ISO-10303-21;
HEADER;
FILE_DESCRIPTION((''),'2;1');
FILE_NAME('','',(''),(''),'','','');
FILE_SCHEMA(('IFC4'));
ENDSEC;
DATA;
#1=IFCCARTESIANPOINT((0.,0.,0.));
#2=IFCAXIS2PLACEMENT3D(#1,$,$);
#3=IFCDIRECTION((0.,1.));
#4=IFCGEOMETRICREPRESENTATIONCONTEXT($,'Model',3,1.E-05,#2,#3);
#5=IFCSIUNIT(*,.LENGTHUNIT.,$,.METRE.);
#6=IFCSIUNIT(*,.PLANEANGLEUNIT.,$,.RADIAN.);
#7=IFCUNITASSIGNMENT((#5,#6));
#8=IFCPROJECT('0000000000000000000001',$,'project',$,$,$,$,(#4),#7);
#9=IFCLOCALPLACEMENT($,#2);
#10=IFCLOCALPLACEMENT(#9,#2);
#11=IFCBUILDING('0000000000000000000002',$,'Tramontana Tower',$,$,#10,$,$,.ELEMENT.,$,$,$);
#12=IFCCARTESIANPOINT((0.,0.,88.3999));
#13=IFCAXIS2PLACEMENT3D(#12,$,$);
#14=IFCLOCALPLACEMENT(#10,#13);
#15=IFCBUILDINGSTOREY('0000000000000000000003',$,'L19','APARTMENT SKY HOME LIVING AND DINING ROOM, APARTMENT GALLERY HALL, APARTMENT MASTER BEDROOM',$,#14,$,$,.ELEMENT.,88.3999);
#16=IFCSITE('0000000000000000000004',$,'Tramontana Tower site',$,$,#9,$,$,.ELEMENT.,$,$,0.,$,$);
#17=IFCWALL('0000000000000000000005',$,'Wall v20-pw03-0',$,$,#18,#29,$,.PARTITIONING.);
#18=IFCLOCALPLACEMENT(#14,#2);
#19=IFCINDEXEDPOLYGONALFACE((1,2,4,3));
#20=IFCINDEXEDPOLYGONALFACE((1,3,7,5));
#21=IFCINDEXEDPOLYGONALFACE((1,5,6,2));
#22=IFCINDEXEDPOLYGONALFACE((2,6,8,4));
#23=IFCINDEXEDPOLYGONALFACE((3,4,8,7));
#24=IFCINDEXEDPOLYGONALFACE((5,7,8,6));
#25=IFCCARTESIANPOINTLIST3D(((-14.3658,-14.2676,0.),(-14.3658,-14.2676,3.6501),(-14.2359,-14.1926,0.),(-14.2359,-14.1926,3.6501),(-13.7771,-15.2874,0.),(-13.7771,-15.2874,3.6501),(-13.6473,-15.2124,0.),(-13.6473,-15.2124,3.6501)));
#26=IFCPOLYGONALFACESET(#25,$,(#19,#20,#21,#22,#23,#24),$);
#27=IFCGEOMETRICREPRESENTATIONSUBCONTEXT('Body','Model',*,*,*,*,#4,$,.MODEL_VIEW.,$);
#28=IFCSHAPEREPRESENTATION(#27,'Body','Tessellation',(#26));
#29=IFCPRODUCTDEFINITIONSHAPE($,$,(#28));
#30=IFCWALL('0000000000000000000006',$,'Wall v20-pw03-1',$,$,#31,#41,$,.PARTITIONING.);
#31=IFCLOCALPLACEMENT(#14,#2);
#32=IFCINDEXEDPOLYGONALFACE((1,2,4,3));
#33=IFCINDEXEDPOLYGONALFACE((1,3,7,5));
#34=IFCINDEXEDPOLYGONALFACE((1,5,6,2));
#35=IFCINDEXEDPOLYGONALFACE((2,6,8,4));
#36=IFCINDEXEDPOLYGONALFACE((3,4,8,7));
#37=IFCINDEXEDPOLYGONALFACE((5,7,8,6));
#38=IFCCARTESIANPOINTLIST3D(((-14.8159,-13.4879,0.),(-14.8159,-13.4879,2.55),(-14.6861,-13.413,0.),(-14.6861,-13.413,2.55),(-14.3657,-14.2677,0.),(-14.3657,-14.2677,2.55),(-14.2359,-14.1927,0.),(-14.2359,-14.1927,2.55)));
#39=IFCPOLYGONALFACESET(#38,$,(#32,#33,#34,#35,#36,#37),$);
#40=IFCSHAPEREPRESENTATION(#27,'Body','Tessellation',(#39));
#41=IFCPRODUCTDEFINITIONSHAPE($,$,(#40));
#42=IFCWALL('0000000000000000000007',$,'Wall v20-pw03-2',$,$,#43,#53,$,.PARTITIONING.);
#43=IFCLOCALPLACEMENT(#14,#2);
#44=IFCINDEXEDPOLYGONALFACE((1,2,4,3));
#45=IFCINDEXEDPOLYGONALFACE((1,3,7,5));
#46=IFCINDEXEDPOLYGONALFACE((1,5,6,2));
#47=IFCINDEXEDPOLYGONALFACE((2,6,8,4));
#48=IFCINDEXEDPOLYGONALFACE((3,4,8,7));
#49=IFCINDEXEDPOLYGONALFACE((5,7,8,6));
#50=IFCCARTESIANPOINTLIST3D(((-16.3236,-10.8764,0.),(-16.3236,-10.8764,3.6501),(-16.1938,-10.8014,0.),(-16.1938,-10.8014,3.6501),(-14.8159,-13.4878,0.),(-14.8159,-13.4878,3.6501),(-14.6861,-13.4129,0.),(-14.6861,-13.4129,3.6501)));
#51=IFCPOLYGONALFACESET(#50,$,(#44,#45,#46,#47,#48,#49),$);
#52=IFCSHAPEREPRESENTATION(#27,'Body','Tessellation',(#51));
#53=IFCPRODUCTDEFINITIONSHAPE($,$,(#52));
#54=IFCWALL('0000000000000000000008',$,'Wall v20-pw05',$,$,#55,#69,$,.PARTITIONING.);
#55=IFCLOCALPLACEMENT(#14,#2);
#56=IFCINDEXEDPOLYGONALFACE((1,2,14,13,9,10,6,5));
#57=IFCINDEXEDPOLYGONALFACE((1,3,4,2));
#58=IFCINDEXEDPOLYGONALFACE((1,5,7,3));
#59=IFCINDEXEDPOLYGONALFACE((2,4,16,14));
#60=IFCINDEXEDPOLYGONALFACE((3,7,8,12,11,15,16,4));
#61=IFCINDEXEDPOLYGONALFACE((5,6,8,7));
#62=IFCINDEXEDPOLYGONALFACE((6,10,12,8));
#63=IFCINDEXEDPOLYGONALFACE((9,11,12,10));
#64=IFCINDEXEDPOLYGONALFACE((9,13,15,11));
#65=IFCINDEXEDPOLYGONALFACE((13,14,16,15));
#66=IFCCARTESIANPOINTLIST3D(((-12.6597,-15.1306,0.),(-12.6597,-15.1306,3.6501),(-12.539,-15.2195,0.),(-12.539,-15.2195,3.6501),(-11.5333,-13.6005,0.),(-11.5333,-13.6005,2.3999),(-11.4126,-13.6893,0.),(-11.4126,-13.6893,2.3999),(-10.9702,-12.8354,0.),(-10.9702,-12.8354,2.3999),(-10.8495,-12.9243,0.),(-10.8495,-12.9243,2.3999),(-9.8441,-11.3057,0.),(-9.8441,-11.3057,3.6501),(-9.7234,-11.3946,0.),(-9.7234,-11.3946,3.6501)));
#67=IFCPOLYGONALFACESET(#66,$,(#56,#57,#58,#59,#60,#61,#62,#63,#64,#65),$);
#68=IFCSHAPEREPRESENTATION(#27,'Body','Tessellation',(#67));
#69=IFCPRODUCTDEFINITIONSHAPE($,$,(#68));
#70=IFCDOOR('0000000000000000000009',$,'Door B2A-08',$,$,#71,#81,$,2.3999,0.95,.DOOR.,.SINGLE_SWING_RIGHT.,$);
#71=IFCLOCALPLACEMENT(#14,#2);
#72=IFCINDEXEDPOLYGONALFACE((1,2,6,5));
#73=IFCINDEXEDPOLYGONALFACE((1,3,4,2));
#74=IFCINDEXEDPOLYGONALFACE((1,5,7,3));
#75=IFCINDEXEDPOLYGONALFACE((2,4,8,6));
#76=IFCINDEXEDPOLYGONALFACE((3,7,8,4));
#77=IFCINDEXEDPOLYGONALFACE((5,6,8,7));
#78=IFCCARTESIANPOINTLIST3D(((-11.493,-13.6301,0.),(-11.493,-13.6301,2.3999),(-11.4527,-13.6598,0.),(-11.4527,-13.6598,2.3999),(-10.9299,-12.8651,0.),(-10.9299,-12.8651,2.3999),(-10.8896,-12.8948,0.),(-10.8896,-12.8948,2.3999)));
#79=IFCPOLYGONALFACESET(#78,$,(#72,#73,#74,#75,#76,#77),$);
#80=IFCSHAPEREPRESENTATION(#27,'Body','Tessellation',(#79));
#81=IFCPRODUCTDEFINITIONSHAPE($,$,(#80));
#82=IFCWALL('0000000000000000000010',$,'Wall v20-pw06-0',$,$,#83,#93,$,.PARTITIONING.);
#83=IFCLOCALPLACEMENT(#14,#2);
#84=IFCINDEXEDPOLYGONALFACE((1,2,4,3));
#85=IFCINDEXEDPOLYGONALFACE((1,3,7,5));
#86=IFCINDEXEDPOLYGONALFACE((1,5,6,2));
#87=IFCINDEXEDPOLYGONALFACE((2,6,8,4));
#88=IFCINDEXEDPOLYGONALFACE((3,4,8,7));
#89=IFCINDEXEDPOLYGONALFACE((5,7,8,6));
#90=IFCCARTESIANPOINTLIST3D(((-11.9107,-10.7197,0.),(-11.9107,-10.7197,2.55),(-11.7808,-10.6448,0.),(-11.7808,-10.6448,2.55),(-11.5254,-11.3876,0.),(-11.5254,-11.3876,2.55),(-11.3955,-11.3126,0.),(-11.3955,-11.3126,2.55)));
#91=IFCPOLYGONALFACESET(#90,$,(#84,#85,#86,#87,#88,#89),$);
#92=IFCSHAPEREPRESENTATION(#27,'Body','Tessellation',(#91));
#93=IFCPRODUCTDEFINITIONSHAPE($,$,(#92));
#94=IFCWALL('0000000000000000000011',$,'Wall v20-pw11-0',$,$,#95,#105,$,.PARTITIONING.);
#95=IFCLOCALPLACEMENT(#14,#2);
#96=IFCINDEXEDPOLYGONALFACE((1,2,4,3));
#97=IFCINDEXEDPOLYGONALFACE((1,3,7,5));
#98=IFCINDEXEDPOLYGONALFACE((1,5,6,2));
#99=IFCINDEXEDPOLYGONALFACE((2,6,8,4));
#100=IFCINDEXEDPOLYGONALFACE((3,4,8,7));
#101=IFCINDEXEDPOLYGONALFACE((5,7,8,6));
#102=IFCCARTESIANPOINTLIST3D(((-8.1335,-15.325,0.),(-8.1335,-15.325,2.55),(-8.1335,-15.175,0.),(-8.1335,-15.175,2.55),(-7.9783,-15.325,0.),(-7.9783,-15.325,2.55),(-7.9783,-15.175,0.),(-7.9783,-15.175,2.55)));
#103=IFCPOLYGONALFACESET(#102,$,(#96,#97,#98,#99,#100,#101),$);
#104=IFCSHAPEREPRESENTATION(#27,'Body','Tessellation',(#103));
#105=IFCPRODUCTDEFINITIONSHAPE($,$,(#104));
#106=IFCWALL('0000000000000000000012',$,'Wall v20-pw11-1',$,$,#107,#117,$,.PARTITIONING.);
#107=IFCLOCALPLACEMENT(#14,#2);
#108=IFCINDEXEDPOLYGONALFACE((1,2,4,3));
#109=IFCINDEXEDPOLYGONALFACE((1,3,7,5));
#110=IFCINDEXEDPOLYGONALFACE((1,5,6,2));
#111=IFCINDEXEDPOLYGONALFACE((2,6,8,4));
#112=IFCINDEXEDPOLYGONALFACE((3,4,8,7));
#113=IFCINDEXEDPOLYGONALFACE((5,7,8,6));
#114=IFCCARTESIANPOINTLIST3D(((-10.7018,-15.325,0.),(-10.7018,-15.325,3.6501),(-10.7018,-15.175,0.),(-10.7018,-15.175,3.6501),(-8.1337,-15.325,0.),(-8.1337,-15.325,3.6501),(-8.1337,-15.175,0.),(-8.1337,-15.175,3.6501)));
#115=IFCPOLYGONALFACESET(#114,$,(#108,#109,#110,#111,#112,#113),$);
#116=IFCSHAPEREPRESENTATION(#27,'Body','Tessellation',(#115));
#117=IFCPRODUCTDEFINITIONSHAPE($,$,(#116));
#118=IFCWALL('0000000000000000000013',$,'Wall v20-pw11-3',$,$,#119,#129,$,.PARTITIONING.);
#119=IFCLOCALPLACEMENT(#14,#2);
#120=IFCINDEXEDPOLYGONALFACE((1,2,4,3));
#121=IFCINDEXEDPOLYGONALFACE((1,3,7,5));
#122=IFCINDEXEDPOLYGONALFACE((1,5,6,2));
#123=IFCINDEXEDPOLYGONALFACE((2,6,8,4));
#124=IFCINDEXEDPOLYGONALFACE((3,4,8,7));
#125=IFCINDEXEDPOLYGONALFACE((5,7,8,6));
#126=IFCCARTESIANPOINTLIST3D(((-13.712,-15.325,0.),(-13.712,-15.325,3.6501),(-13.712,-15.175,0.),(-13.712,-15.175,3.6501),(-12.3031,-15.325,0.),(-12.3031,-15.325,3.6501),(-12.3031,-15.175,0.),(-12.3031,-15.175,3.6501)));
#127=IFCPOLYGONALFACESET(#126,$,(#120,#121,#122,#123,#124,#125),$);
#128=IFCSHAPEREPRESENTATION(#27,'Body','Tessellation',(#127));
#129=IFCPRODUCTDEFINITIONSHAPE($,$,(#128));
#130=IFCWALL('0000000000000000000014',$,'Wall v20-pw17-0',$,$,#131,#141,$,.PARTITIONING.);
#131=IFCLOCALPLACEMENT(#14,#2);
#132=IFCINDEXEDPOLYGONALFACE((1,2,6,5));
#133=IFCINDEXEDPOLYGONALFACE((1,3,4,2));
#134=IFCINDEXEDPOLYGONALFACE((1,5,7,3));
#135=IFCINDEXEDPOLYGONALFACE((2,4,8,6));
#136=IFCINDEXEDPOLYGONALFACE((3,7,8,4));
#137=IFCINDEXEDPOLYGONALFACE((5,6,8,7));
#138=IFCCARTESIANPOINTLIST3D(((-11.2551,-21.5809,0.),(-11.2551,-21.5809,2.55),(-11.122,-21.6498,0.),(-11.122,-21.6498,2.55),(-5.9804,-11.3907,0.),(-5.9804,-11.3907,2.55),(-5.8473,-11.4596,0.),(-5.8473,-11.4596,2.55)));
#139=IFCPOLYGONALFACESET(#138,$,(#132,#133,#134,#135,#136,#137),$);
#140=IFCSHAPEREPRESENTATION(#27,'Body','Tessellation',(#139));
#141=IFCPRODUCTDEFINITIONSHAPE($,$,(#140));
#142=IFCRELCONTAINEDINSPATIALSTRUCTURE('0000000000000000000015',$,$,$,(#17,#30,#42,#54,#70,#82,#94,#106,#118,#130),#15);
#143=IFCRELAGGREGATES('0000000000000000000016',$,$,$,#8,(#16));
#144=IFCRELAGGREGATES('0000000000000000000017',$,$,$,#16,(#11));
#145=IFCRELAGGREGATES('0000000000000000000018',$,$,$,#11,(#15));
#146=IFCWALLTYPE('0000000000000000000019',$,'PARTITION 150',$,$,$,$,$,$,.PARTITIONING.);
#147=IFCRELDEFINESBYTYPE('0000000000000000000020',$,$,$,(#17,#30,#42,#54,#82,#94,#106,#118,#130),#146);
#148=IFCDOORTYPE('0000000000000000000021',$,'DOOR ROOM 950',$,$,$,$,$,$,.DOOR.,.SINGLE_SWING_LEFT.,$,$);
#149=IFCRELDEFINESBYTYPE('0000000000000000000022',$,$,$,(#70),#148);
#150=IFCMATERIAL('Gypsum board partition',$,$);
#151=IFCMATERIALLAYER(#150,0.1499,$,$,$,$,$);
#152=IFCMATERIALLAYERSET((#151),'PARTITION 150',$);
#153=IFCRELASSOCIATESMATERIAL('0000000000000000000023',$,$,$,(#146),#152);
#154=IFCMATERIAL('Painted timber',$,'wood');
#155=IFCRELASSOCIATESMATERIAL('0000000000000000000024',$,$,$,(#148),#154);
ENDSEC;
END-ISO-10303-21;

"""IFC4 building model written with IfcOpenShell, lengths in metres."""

from ifc_helpers import new_model, si_unit, direction, frame, frame_2d, origin, place, context, subcontext, project, spatial, rectangle, extrude, material, layer, layer_set, type_object, element, fill, save


model = new_model("IFC4")

# Units and contexts
model_context = context("Model", 3, precision=1e-05, world=origin(), true_north=direction((0.0, 1.0)))
body_context = subcontext(model_context, "Body", "Model", "MODEL_VIEW")
ifc_project = project(units=[si_unit("LENGTHUNIT", "METRE"), si_unit("PLANEANGLEUNIT", "RADIAN")], contexts=[model_context])

# Site, building, storey
site_placement = place(None, origin())
site = spatial("IfcSite", under=ifc_project, at=site_placement, Name="Tramontana Tower site", CompositionType="ELEMENT", RefElevation=0.0)
building_placement = place(site_placement, origin())
building = spatial("IfcBuilding", under=site, at=building_placement, Name="Tramontana Tower", CompositionType="ELEMENT")
storey_placement = place(building_placement, frame((0.0, 0.0, 88.3999)))
storey = spatial("IfcBuildingStorey", under=building, at=storey_placement, Name="L19", Description="APARTMENT SKY HOME LIVING AND DINING ROOM, APARTMENT GALLERY HALL, APARTMENT MASTER BEDROOM", CompositionType="ELEMENT", Elevation=88.3999)

# Walls
ifc_material_1 = material(Name="Gypsum board partition")
ifc_layer_1 = layer(ifc_material_1, 0.1499)
ifc_layer_set_1 = layer_set([ifc_layer_1], Name="PARTITION 150")
wall_type_1 = type_object("IfcWallType", Name="PARTITION 150", PredefinedType="PARTITIONING", material=ifc_layer_set_1)
wall_1_placement = place(storey_placement, frame((-13.7122, -15.25, 0.0), z_axis=(0.0, 0.0, 1.0), x_axis=(-0.499908, 0.866079, 0.0)))
element("IfcWall", 1, at=wall_1_placement, inside=storey, type_object=wall_type_1, Name="Wall v20-pw03-0", PredefinedType="PARTITIONING", context=body_context, shape_type="SweptSolid", body=[
    extrude(rectangle(XDim=1.1775, YDim=0.1499, at=frame_2d((0.5889, 0.0))), origin(), (0.0, 0.0, 1.0), 3.6501),
])
wall_2_placement = place(storey_placement, frame((-14.3008, -14.2302, 0.0), z_axis=(0.0, 0.0, 1.0), x_axis=(-0.499988, 0.866032, 0.0)))
element("IfcWall", 2, at=wall_2_placement, inside=storey, type_object=wall_type_1, Name="Wall v20-pw03-1", PredefinedType="PARTITIONING", context=body_context, shape_type="SweptSolid", body=[
    extrude(rectangle(XDim=0.9004, YDim=0.1499, at=frame_2d((0.4502, 0.0))), origin(), (0.0, 0.0, 1.0), 2.55),
])
wall_3_placement = place(storey_placement, frame((-14.751, -13.4504, 0.0), z_axis=(0.0, 0.0, 1.0), x_axis=(-0.499979, 0.866037, 0.0)))
element("IfcWall", 3, at=wall_3_placement, inside=storey, type_object=wall_type_1, Name="Wall v20-pw03-2", PredefinedType="PARTITIONING", context=body_context, shape_type="SweptSolid", body=[
    extrude(rectangle(XDim=3.0154, YDim=0.1499, at=frame_2d((1.5078, 0.0))), origin(), (0.0, 0.0, 1.0), 3.6501),
])

# Wall, opening, door
wall_4_placement = place(storey_placement, frame((-12.5994, -15.175, 0.0), z_axis=(0.0, 0.0, 1.0), x_axis=(0.592829, 0.805328, 0.0)))
wall_4 = element("IfcWall", 4, at=wall_4_placement, inside=storey, type_object=wall_type_1, Name="Wall v20-pw05", PredefinedType="PARTITIONING", context=body_context, shape_type="SweptSolid", body=[
    extrude(rectangle(XDim=4.7495, YDim=0.1499, at=frame_2d((2.3748, 0.0))), origin(), (0.0, 0.0, 1.0), 3.6501),
])
opening_1_placement = place(wall_4_placement, frame((1.8999, 0.0, 0.0)))
opening_1 = element("IfcOpeningElement", 5, at=opening_1_placement, cuts=wall_4, PredefinedType="OPENING", context=body_context, shape_type="SweptSolid", body=[
    extrude(rectangle(XDim=0.95, YDim=2.3999, at=frame_2d((0.4751, 1.2))), frame((0.0, 0.085, 0.0), z_axis=(0.0, -1.0, 0.0), x_axis=(1.0, 0.0, 0.0)), (0.0, 0.0, 1.0), 0.1699),
])
ifc_material_2 = material(Name="Painted timber", Category="wood")
door_type_1 = type_object("IfcDoorType", Name="DOOR ROOM 950", OperationType="SINGLE_SWING_LEFT", PredefinedType="DOOR", material=ifc_material_2)
door_1_placement = place(opening_1_placement, origin())
door_1 = element("IfcDoor", 6, at=door_1_placement, inside=storey, type_object=door_type_1, Name="Door B2A-08", OperationType="SINGLE_SWING_RIGHT", OverallHeight=2.3999, OverallWidth=0.95, PredefinedType="DOOR", context=body_context, shape_type="SweptSolid", body=[
    extrude(rectangle(XDim=0.95, YDim=2.3999, at=frame_2d((0.4751, 1.2))), frame((0.0, 0.0249, 0.0), z_axis=(0.0, -1.0, 0.0), x_axis=(1.0, 0.0, 0.0)), (0.0, 0.0, 1.0), 0.05),
])
fill(opening_1, door_1)

# Walls
wall_5_placement = place(storey_placement, frame((-11.4604, -11.3501, 0.0), z_axis=(0.0, 0.0, 1.0), x_axis=(-0.49975, 0.86617, 0.0)))
element("IfcWall", 7, at=wall_5_placement, inside=storey, type_object=wall_type_1, Name="Wall v20-pw06-0", PredefinedType="PARTITIONING", context=body_context, shape_type="SweptSolid", body=[
    extrude(rectangle(XDim=0.771, YDim=0.1499, at=frame_2d((0.3855, 0.0))), origin(), (0.0, 0.0, 1.0), 2.55),
])
wall_6_placement = place(storey_placement, frame((-7.9783, -15.25, 0.0), z_axis=(0.0, 0.0, 1.0), x_axis=(-1.0, 0.0, 0.0)))
element("IfcWall", 8, at=wall_6_placement, inside=storey, type_object=wall_type_1, Name="Wall v20-pw11-0", PredefinedType="PARTITIONING", context=body_context, shape_type="SweptSolid", body=[
    extrude(rectangle(XDim=0.1553, YDim=0.1499, at=frame_2d((0.0776, 0.0))), origin(), (0.0, 0.0, 1.0), 2.55),
])
wall_7_placement = place(storey_placement, frame((-8.1335, -15.25, 0.0), z_axis=(0.0, 0.0, 1.0), x_axis=(-1.0, 0.0, 0.0)))
element("IfcWall", 9, at=wall_7_placement, inside=storey, type_object=wall_type_1, Name="Wall v20-pw11-1", PredefinedType="PARTITIONING", context=body_context, shape_type="SweptSolid", body=[
    extrude(rectangle(XDim=2.5681, YDim=0.1499, at=frame_2d((1.2842, 0.0))), origin(), (0.0, 0.0, 1.0), 3.6501),
])

# Walls
wall_8_placement = place(storey_placement, frame((-12.303, -15.25, 0.0), z_axis=(0.0, 0.0, 1.0), x_axis=(-1.0, 0.0, 0.0)))
element("IfcWall", 10, at=wall_8_placement, inside=storey, type_object=wall_type_1, Name="Wall v20-pw11-3", PredefinedType="PARTITIONING", context=body_context, shape_type="SweptSolid", body=[
    extrude(rectangle(XDim=1.4089, YDim=0.1499, at=frame_2d((0.7046, 0.0))), origin(), (0.0, 0.0, 1.0), 3.6501),
])
wall_9_placement = place(storey_placement, frame((-5.9138, -11.425, 0.0), z_axis=(0.0, 0.0, 1.0), x_axis=(-0.459689, -0.88808, 0.0)))
element("IfcWall", 11, at=wall_9_placement, inside=storey, type_object=wall_type_1, Name="Wall v20-pw17-0", PredefinedType="PARTITIONING", context=body_context, shape_type="SweptSolid", body=[
    extrude(rectangle(XDim=11.4744, YDim=0.1499, at=frame_2d((5.7373, 0.0))), origin(), (0.0, 0.0, 1.0), 2.55),
])

save(model, "model.ifc")
